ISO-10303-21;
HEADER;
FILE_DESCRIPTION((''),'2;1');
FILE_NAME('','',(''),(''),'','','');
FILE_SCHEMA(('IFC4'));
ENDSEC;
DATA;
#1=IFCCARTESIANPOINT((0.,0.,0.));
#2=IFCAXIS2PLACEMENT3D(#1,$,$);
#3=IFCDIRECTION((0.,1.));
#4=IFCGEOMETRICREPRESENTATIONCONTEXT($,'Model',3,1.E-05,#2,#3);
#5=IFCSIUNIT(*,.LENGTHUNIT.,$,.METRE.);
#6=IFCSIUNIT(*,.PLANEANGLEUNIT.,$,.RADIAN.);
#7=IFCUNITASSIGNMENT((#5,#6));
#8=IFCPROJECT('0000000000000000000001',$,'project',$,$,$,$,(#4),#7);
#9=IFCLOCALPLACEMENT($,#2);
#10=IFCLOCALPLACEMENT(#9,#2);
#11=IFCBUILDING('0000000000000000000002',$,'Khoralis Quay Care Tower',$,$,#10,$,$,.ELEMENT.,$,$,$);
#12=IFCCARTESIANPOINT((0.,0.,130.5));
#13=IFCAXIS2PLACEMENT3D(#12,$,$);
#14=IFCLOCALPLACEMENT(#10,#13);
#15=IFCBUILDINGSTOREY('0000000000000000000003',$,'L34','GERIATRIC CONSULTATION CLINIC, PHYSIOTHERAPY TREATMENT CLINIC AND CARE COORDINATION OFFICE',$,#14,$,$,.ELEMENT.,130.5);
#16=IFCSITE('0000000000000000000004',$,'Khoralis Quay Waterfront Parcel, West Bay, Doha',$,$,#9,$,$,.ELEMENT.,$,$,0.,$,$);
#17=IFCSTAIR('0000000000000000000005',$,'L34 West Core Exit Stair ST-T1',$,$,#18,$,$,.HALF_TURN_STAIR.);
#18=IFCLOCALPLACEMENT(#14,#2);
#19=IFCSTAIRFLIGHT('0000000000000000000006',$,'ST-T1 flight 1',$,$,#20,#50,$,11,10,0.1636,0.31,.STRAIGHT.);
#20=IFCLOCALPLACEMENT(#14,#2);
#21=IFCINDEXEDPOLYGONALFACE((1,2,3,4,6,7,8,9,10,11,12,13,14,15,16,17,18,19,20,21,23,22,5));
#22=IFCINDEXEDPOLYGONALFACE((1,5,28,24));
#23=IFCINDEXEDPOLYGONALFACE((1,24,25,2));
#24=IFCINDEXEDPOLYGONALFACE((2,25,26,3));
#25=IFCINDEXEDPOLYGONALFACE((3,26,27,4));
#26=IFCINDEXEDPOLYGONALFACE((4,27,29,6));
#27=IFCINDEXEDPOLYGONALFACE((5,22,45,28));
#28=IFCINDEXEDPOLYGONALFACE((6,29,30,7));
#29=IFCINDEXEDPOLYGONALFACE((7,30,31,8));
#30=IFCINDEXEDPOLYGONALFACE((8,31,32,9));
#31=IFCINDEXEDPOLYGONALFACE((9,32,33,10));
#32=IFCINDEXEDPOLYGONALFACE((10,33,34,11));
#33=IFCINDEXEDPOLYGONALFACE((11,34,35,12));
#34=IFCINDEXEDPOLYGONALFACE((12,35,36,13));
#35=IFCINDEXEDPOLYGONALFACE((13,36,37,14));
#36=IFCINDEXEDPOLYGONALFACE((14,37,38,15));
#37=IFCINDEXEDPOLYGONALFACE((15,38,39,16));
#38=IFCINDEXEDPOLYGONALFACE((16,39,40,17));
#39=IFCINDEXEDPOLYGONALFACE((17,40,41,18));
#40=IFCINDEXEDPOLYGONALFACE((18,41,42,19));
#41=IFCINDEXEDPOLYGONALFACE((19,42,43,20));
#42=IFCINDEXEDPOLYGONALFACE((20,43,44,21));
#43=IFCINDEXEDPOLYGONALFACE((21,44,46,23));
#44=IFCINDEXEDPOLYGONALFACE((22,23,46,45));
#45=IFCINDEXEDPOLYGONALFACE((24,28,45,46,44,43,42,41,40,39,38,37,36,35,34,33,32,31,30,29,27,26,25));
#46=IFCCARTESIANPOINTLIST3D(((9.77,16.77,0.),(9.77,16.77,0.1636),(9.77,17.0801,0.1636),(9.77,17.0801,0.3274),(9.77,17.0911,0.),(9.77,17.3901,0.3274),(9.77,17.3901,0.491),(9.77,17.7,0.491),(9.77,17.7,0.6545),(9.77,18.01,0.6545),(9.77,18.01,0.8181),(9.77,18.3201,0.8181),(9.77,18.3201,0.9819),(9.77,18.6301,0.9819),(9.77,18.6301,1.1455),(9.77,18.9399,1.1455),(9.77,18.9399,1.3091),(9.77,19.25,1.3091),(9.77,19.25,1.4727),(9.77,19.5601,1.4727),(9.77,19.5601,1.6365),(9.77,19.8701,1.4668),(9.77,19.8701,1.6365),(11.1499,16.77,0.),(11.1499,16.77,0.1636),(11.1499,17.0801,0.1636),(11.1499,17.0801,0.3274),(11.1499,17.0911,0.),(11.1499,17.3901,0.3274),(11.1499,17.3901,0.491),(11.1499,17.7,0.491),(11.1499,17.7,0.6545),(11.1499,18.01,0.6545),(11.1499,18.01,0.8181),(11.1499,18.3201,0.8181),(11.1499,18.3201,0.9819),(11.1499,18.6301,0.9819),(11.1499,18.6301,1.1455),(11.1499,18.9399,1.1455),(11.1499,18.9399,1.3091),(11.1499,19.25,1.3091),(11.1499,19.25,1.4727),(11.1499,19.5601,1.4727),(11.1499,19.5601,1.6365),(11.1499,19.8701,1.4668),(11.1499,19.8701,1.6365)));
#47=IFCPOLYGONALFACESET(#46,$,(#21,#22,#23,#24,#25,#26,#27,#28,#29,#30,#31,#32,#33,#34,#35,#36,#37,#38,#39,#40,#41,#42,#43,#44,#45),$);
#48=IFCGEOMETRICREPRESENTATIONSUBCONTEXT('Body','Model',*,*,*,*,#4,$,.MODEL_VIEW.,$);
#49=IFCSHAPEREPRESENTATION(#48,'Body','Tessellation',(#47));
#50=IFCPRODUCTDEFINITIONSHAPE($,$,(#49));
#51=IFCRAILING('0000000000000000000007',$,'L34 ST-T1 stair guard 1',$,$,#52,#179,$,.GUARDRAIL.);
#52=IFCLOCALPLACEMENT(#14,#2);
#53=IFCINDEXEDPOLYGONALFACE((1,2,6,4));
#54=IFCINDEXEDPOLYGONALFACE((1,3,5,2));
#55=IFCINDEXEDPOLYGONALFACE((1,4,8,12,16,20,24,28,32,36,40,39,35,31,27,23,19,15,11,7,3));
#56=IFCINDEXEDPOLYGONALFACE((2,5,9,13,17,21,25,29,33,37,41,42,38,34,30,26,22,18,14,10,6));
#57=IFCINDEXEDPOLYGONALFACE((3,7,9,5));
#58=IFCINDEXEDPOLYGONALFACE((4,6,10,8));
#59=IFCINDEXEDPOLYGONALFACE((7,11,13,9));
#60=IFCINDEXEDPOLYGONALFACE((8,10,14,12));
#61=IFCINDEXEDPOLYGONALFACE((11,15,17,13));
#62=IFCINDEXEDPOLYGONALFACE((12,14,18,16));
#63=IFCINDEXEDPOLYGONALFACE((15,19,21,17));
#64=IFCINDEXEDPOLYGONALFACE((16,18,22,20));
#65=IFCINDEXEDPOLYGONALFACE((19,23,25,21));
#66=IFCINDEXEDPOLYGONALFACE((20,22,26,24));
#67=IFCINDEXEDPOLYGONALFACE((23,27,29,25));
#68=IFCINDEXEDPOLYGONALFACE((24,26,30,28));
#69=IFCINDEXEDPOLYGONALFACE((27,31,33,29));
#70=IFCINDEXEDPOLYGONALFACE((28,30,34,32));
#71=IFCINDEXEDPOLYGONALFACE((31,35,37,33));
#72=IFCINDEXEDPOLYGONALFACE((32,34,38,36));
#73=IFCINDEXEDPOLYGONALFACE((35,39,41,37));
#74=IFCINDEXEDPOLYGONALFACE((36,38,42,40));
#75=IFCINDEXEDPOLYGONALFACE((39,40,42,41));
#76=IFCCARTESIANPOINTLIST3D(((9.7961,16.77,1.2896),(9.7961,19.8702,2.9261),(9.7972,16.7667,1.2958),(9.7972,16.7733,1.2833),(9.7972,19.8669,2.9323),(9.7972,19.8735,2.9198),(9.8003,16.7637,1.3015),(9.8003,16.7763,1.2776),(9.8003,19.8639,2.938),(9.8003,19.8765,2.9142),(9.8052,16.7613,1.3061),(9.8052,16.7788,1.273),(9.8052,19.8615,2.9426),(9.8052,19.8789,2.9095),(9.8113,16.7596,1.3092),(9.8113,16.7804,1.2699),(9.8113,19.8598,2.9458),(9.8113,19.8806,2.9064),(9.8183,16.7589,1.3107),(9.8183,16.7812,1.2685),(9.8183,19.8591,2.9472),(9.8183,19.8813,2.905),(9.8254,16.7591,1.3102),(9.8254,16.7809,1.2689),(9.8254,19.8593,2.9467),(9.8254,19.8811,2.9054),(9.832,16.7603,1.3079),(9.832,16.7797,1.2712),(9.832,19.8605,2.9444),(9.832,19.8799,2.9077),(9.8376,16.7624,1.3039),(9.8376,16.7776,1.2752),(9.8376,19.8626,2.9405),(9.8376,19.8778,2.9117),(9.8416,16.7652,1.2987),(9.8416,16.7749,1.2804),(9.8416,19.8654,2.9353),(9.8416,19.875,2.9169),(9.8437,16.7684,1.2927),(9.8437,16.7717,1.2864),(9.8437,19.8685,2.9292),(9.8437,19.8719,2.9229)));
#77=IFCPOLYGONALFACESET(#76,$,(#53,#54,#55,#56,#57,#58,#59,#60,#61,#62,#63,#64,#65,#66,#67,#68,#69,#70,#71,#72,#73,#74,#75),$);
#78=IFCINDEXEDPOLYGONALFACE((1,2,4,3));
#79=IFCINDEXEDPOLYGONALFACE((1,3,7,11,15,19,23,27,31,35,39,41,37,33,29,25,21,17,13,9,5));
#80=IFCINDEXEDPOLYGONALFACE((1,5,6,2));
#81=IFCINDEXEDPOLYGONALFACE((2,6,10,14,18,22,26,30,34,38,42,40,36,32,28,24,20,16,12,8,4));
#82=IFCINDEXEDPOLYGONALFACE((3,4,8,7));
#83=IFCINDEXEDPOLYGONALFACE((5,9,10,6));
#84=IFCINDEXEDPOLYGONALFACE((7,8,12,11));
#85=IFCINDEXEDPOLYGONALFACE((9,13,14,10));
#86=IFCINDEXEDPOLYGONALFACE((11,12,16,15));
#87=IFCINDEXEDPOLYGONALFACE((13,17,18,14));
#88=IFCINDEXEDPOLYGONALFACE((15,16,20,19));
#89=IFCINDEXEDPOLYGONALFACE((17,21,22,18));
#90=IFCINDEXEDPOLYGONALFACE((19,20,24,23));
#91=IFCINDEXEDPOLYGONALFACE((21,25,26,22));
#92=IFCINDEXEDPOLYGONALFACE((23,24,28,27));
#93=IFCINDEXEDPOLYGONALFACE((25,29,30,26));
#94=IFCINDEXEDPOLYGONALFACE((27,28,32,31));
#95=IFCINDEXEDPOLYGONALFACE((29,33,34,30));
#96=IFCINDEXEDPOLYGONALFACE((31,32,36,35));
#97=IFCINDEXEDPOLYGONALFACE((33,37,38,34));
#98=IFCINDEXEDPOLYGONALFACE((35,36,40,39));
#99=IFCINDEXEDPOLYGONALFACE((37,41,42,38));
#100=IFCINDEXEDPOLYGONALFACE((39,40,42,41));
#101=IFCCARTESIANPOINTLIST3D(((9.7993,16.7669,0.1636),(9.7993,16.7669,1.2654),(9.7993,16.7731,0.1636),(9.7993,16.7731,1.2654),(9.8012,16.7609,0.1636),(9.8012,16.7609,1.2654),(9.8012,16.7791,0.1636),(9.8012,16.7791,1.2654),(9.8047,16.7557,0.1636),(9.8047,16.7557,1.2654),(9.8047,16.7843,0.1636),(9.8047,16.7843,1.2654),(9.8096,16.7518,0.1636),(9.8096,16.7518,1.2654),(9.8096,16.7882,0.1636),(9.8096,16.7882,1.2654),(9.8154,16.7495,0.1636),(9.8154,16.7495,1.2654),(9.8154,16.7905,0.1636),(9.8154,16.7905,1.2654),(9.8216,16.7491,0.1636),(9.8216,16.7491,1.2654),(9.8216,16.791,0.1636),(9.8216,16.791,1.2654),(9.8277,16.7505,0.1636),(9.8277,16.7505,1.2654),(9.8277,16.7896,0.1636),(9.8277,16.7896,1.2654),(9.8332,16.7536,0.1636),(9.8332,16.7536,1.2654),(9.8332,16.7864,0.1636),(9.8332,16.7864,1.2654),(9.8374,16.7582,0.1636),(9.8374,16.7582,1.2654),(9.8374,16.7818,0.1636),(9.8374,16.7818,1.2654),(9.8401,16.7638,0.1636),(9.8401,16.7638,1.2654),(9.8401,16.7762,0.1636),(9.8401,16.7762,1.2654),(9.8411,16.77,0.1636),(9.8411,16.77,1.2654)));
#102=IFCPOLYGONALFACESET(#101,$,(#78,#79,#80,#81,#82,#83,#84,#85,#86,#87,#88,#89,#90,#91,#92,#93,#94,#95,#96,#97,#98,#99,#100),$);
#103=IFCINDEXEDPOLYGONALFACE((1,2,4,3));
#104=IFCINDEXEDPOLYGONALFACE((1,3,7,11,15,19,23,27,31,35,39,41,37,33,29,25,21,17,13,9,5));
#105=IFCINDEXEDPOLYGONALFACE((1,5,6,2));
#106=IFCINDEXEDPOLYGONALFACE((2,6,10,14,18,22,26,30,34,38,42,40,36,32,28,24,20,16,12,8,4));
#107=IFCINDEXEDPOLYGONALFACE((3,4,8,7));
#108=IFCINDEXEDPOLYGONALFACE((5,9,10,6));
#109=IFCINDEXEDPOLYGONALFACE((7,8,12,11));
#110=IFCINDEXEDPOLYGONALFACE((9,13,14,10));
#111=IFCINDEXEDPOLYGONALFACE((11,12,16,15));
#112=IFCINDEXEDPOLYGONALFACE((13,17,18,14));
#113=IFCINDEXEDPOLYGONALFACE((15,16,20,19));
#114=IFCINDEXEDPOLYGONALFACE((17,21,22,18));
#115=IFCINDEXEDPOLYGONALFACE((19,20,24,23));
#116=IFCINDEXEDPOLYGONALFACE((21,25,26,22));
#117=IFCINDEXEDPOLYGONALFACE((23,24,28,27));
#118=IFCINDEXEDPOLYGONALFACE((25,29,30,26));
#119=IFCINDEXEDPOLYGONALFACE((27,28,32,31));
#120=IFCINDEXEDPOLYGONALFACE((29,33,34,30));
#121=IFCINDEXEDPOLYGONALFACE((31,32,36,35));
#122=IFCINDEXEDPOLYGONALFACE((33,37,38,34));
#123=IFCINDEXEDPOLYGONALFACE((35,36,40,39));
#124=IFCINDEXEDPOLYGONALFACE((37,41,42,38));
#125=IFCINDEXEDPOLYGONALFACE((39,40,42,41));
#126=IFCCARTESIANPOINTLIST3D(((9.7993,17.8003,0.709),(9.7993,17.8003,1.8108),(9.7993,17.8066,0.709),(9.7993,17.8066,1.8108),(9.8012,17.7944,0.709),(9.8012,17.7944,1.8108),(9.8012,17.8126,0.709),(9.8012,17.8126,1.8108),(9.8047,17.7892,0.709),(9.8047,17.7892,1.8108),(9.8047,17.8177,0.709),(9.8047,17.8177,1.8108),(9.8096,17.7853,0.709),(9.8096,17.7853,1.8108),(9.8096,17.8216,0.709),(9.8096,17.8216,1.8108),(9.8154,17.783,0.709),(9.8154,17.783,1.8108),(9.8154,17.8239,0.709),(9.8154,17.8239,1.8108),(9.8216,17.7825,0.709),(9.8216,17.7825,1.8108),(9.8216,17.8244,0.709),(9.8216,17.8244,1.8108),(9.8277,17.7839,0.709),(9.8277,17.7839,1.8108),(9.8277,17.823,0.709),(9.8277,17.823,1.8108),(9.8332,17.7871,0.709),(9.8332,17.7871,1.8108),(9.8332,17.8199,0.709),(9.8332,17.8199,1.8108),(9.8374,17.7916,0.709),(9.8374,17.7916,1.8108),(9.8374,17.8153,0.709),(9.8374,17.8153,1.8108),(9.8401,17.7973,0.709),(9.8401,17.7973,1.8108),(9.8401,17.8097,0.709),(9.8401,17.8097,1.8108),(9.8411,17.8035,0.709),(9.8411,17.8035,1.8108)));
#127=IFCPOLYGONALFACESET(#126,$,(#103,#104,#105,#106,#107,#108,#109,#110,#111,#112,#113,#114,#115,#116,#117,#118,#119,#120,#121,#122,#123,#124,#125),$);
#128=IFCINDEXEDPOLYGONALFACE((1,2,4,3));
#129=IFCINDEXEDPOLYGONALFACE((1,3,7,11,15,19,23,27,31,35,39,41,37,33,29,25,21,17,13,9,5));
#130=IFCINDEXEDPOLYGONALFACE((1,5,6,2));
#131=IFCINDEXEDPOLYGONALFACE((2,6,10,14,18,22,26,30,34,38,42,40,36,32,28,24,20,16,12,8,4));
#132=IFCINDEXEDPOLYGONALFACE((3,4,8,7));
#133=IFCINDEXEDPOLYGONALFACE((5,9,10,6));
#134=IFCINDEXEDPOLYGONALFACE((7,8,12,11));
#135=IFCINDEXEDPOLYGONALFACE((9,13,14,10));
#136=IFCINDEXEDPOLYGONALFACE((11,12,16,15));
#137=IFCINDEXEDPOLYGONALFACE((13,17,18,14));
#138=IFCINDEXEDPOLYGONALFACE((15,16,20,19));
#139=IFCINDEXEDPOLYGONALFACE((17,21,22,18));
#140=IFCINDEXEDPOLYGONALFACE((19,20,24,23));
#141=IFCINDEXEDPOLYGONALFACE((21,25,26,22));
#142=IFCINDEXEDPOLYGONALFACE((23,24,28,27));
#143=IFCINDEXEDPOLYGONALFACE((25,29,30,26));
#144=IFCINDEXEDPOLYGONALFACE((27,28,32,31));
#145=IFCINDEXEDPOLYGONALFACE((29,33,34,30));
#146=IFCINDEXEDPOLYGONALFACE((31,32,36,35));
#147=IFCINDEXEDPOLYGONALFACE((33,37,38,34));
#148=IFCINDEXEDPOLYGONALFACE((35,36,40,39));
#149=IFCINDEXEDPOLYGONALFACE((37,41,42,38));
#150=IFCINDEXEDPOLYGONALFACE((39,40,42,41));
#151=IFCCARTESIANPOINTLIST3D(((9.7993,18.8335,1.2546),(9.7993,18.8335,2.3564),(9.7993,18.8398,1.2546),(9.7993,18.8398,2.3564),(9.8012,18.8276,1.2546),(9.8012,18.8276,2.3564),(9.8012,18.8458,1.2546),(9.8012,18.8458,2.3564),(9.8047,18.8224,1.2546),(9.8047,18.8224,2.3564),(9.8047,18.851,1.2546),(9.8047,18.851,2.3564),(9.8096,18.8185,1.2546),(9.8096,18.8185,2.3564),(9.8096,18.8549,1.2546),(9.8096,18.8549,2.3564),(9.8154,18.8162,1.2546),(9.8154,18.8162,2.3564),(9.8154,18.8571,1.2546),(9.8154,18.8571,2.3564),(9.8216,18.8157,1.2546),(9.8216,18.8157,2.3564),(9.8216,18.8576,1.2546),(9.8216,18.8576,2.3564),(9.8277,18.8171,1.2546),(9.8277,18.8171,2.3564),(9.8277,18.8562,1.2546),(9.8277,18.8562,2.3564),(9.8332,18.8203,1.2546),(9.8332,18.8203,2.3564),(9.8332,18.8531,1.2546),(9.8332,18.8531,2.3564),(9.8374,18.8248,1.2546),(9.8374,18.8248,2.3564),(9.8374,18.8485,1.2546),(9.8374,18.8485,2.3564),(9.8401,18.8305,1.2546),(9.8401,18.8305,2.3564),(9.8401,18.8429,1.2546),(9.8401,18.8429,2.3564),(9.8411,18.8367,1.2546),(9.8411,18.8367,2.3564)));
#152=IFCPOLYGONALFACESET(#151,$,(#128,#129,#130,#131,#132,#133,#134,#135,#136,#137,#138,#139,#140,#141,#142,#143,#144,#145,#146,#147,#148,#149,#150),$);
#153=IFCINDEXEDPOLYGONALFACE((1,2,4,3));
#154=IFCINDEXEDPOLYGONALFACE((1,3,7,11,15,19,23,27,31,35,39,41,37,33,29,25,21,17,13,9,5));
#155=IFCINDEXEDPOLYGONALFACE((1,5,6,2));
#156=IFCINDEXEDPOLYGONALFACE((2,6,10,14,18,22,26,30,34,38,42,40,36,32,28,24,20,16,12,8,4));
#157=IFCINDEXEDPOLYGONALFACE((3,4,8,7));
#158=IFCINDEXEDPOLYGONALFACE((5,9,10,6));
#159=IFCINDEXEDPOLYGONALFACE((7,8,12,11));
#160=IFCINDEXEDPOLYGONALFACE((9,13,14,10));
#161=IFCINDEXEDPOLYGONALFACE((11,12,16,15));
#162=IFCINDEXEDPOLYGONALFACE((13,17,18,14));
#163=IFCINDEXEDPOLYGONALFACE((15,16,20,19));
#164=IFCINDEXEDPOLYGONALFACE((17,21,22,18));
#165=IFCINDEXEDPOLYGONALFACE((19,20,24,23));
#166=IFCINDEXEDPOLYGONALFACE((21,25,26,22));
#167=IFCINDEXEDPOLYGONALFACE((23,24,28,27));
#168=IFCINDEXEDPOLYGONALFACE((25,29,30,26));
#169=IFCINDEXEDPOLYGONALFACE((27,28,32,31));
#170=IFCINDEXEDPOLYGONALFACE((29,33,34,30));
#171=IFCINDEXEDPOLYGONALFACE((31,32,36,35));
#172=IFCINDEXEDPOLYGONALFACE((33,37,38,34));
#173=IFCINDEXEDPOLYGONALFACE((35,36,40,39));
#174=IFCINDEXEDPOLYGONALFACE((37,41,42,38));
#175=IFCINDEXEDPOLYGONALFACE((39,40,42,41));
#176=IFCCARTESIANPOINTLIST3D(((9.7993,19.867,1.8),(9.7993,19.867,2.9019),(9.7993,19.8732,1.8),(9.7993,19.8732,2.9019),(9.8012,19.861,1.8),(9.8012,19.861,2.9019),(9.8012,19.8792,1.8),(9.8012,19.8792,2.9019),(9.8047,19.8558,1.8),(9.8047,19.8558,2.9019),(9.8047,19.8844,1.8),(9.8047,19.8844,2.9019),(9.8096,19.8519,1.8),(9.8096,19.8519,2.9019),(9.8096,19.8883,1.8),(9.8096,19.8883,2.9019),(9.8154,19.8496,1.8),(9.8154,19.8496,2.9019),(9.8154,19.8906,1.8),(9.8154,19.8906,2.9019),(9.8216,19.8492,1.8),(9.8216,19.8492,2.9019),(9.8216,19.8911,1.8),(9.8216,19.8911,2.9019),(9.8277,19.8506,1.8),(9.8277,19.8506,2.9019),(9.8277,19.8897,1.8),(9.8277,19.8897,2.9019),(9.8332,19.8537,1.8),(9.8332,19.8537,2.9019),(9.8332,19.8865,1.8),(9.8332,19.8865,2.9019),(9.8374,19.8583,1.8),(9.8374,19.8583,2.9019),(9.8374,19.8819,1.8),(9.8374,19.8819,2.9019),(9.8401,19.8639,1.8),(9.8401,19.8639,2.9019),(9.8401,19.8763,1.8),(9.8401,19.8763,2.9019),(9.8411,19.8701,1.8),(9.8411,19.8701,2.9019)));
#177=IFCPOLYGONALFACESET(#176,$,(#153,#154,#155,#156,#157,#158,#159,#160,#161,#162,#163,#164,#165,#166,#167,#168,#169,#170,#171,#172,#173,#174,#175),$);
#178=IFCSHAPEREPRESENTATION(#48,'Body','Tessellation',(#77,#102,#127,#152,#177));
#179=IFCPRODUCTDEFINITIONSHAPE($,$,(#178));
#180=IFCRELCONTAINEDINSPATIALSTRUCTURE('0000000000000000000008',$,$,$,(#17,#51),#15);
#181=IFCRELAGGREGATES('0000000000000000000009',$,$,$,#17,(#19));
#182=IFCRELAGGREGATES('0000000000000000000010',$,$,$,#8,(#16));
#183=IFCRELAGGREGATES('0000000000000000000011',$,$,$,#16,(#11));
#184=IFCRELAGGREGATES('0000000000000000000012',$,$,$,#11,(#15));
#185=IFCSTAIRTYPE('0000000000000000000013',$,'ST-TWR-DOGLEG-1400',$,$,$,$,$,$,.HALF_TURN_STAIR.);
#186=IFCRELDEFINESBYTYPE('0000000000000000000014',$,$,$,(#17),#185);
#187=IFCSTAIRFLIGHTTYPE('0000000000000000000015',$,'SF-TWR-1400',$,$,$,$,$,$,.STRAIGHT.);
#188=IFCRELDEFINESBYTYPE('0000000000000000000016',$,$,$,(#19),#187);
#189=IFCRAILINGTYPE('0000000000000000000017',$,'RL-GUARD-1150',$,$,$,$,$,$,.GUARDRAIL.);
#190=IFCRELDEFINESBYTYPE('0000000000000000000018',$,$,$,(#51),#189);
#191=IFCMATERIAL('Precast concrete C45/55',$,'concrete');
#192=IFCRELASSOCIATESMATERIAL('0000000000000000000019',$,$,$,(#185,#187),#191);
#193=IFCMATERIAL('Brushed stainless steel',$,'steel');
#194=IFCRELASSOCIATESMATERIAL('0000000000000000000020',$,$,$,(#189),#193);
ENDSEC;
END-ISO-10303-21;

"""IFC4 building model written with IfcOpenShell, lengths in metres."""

from ifc_helpers import new_model, si_unit, direction, frame, origin, origin_2d, place, context, subcontext, project, spatial, polyline, circle, outline, extrude, source, transform, mapped, material, type_object, element, aggregate, save


model = new_model("IFC4")

# Units and contexts
model_context = context("Model", 3, precision=1e-05, world=origin(), true_north=direction((0.0, 1.0)))
body_context = subcontext(model_context, "Body", "Model", "MODEL_VIEW")
ifc_project = project(units=[si_unit("LENGTHUNIT", "METRE"), si_unit("PLANEANGLEUNIT", "RADIAN")], contexts=[model_context])

# Site, building, storey
site_placement = place(None, origin())
site = spatial("IfcSite", under=ifc_project, at=site_placement, Name="Khoralis Quay Waterfront Parcel, West Bay, Doha", CompositionType="ELEMENT", RefElevation=0.0)
building_placement = place(site_placement, origin())
building = spatial("IfcBuilding", under=site, at=building_placement, Name="Khoralis Quay Care Tower", CompositionType="ELEMENT")
storey_placement = place(building_placement, frame((0.0, 0.0, 130.5)))
storey = spatial("IfcBuildingStorey", under=building, at=storey_placement, Name="L34", Description="GERIATRIC CONSULTATION CLINIC, PHYSIOTHERAPY TREATMENT CLINIC AND CARE COORDINATION OFFICE", CompositionType="ELEMENT", Elevation=130.5)

# Stair, stair flight
ifc_material_1 = material(Name="Precast concrete C45/55", Category="concrete")
stair_type = type_object("IfcStairType", Name="ST-TWR-DOGLEG-1400", PredefinedType="HALF_TURN_STAIR", material=ifc_material_1)
stair_placement = place(storey_placement, origin())
stair = element("IfcStair", 1, at=stair_placement, inside=storey, type_object=stair_type, Name="L34 West Core Exit Stair ST-T1", PredefinedType="HALF_TURN_STAIR")
stair_flight_type = type_object("IfcStairFlightType", Name="SF-TWR-1400", PredefinedType="STRAIGHT", material=ifc_material_1)
shared_shape_1 = source(origin(), body_context, "Body", "SweptSolid", [
    extrude(outline(polyline([(0.0, 0.0), (0.0, 0.1636), (0.3101, 0.1636), (0.3101, 0.3274), (0.6201, 0.3274), (0.6201, 0.491), (0.9299, 0.491), (0.9299, 0.6545), (1.24, 0.6545), (1.24, 0.8181), (1.55, 0.8181), (1.55, 0.9819), (1.8601, 0.9819), (1.8601, 1.1455), (2.1699, 1.1455), (2.1699, 1.3091), (2.48, 1.3091), (2.48, 1.4727), (2.79, 1.4727), (2.79, 1.6365), (3.1001, 1.6365), (3.1001, 1.8), (3.1001, 1.4668), (0.321, 0.0), (0.0, 0.0)])), frame((0.0, 0.6899, 0.0), z_axis=(0.0, -1.0, 0.0), x_axis=(1.0, 0.0, 0.0)), (0.0, 0.0, 1.0), 1.3799),
])
stair_flight_placement = place(storey_placement, frame((10.46, 16.77, 0.0), z_axis=(0.0, 0.0, 1.0), x_axis=(0.0, 1.0, 0.0)))
stair_flight = element("IfcStairFlight", 2, at=stair_flight_placement, type_object=stair_flight_type, Name="ST-T1 flight 1", NumberOfRisers=11, NumberOfTreads=10, PredefinedType="STRAIGHT", RiserHeight=0.1636, TreadLength=0.31, context=body_context, shape_type="MappedRepresentation", body=[
    mapped(shared_shape_1, transform((0.0, 0.0, 0.0), scale=1.0)),
])
aggregate(stair, [stair_flight])

# Railing
ifc_material_2 = material(Name="Brushed stainless steel", Category="steel")
railing_type_1 = type_object("IfcRailingType", Name="RL-GUARD-1150", PredefinedType="GUARDRAIL", material=ifc_material_2)
railing_1_placement = place(storey_placement, frame((9.8201, 16.77, 0.1636)))
element("IfcRailing", 3, at=railing_1_placement, inside=storey, type_object=railing_type_1, Name="L34 ST-T1 stair guard 1", PredefinedType="GUARDRAIL", context=body_context, shape_type="SweptSolid", body=[
    extrude(circle(Radius=0.0239, at=origin_2d()), frame((0.0, 0.0, 1.126), z_axis=(0.0, 0.884348, 0.466828), x_axis=(-1.0, 0.0, 0.0)), (0.0, 0.0, 1.0), 3.5056),
    extrude(circle(Radius=0.021, at=origin_2d()), origin(), (0.0, 0.0, 1.0), 1.1018),
    extrude(circle(Radius=0.021, at=origin_2d()), frame((0.0, 1.0334, 0.5454)), (0.0, 0.0, 1.0), 1.1018),
    extrude(circle(Radius=0.021, at=origin_2d()), frame((0.0, 2.0667, 1.0911)), (0.0, 0.0, 1.0), 1.1018),
    extrude(circle(Radius=0.021, at=origin_2d()), frame((0.0, 3.1001, 1.6365)), (0.0, 0.0, 1.0), 1.1018),
])

save(model, "model.ifc")
